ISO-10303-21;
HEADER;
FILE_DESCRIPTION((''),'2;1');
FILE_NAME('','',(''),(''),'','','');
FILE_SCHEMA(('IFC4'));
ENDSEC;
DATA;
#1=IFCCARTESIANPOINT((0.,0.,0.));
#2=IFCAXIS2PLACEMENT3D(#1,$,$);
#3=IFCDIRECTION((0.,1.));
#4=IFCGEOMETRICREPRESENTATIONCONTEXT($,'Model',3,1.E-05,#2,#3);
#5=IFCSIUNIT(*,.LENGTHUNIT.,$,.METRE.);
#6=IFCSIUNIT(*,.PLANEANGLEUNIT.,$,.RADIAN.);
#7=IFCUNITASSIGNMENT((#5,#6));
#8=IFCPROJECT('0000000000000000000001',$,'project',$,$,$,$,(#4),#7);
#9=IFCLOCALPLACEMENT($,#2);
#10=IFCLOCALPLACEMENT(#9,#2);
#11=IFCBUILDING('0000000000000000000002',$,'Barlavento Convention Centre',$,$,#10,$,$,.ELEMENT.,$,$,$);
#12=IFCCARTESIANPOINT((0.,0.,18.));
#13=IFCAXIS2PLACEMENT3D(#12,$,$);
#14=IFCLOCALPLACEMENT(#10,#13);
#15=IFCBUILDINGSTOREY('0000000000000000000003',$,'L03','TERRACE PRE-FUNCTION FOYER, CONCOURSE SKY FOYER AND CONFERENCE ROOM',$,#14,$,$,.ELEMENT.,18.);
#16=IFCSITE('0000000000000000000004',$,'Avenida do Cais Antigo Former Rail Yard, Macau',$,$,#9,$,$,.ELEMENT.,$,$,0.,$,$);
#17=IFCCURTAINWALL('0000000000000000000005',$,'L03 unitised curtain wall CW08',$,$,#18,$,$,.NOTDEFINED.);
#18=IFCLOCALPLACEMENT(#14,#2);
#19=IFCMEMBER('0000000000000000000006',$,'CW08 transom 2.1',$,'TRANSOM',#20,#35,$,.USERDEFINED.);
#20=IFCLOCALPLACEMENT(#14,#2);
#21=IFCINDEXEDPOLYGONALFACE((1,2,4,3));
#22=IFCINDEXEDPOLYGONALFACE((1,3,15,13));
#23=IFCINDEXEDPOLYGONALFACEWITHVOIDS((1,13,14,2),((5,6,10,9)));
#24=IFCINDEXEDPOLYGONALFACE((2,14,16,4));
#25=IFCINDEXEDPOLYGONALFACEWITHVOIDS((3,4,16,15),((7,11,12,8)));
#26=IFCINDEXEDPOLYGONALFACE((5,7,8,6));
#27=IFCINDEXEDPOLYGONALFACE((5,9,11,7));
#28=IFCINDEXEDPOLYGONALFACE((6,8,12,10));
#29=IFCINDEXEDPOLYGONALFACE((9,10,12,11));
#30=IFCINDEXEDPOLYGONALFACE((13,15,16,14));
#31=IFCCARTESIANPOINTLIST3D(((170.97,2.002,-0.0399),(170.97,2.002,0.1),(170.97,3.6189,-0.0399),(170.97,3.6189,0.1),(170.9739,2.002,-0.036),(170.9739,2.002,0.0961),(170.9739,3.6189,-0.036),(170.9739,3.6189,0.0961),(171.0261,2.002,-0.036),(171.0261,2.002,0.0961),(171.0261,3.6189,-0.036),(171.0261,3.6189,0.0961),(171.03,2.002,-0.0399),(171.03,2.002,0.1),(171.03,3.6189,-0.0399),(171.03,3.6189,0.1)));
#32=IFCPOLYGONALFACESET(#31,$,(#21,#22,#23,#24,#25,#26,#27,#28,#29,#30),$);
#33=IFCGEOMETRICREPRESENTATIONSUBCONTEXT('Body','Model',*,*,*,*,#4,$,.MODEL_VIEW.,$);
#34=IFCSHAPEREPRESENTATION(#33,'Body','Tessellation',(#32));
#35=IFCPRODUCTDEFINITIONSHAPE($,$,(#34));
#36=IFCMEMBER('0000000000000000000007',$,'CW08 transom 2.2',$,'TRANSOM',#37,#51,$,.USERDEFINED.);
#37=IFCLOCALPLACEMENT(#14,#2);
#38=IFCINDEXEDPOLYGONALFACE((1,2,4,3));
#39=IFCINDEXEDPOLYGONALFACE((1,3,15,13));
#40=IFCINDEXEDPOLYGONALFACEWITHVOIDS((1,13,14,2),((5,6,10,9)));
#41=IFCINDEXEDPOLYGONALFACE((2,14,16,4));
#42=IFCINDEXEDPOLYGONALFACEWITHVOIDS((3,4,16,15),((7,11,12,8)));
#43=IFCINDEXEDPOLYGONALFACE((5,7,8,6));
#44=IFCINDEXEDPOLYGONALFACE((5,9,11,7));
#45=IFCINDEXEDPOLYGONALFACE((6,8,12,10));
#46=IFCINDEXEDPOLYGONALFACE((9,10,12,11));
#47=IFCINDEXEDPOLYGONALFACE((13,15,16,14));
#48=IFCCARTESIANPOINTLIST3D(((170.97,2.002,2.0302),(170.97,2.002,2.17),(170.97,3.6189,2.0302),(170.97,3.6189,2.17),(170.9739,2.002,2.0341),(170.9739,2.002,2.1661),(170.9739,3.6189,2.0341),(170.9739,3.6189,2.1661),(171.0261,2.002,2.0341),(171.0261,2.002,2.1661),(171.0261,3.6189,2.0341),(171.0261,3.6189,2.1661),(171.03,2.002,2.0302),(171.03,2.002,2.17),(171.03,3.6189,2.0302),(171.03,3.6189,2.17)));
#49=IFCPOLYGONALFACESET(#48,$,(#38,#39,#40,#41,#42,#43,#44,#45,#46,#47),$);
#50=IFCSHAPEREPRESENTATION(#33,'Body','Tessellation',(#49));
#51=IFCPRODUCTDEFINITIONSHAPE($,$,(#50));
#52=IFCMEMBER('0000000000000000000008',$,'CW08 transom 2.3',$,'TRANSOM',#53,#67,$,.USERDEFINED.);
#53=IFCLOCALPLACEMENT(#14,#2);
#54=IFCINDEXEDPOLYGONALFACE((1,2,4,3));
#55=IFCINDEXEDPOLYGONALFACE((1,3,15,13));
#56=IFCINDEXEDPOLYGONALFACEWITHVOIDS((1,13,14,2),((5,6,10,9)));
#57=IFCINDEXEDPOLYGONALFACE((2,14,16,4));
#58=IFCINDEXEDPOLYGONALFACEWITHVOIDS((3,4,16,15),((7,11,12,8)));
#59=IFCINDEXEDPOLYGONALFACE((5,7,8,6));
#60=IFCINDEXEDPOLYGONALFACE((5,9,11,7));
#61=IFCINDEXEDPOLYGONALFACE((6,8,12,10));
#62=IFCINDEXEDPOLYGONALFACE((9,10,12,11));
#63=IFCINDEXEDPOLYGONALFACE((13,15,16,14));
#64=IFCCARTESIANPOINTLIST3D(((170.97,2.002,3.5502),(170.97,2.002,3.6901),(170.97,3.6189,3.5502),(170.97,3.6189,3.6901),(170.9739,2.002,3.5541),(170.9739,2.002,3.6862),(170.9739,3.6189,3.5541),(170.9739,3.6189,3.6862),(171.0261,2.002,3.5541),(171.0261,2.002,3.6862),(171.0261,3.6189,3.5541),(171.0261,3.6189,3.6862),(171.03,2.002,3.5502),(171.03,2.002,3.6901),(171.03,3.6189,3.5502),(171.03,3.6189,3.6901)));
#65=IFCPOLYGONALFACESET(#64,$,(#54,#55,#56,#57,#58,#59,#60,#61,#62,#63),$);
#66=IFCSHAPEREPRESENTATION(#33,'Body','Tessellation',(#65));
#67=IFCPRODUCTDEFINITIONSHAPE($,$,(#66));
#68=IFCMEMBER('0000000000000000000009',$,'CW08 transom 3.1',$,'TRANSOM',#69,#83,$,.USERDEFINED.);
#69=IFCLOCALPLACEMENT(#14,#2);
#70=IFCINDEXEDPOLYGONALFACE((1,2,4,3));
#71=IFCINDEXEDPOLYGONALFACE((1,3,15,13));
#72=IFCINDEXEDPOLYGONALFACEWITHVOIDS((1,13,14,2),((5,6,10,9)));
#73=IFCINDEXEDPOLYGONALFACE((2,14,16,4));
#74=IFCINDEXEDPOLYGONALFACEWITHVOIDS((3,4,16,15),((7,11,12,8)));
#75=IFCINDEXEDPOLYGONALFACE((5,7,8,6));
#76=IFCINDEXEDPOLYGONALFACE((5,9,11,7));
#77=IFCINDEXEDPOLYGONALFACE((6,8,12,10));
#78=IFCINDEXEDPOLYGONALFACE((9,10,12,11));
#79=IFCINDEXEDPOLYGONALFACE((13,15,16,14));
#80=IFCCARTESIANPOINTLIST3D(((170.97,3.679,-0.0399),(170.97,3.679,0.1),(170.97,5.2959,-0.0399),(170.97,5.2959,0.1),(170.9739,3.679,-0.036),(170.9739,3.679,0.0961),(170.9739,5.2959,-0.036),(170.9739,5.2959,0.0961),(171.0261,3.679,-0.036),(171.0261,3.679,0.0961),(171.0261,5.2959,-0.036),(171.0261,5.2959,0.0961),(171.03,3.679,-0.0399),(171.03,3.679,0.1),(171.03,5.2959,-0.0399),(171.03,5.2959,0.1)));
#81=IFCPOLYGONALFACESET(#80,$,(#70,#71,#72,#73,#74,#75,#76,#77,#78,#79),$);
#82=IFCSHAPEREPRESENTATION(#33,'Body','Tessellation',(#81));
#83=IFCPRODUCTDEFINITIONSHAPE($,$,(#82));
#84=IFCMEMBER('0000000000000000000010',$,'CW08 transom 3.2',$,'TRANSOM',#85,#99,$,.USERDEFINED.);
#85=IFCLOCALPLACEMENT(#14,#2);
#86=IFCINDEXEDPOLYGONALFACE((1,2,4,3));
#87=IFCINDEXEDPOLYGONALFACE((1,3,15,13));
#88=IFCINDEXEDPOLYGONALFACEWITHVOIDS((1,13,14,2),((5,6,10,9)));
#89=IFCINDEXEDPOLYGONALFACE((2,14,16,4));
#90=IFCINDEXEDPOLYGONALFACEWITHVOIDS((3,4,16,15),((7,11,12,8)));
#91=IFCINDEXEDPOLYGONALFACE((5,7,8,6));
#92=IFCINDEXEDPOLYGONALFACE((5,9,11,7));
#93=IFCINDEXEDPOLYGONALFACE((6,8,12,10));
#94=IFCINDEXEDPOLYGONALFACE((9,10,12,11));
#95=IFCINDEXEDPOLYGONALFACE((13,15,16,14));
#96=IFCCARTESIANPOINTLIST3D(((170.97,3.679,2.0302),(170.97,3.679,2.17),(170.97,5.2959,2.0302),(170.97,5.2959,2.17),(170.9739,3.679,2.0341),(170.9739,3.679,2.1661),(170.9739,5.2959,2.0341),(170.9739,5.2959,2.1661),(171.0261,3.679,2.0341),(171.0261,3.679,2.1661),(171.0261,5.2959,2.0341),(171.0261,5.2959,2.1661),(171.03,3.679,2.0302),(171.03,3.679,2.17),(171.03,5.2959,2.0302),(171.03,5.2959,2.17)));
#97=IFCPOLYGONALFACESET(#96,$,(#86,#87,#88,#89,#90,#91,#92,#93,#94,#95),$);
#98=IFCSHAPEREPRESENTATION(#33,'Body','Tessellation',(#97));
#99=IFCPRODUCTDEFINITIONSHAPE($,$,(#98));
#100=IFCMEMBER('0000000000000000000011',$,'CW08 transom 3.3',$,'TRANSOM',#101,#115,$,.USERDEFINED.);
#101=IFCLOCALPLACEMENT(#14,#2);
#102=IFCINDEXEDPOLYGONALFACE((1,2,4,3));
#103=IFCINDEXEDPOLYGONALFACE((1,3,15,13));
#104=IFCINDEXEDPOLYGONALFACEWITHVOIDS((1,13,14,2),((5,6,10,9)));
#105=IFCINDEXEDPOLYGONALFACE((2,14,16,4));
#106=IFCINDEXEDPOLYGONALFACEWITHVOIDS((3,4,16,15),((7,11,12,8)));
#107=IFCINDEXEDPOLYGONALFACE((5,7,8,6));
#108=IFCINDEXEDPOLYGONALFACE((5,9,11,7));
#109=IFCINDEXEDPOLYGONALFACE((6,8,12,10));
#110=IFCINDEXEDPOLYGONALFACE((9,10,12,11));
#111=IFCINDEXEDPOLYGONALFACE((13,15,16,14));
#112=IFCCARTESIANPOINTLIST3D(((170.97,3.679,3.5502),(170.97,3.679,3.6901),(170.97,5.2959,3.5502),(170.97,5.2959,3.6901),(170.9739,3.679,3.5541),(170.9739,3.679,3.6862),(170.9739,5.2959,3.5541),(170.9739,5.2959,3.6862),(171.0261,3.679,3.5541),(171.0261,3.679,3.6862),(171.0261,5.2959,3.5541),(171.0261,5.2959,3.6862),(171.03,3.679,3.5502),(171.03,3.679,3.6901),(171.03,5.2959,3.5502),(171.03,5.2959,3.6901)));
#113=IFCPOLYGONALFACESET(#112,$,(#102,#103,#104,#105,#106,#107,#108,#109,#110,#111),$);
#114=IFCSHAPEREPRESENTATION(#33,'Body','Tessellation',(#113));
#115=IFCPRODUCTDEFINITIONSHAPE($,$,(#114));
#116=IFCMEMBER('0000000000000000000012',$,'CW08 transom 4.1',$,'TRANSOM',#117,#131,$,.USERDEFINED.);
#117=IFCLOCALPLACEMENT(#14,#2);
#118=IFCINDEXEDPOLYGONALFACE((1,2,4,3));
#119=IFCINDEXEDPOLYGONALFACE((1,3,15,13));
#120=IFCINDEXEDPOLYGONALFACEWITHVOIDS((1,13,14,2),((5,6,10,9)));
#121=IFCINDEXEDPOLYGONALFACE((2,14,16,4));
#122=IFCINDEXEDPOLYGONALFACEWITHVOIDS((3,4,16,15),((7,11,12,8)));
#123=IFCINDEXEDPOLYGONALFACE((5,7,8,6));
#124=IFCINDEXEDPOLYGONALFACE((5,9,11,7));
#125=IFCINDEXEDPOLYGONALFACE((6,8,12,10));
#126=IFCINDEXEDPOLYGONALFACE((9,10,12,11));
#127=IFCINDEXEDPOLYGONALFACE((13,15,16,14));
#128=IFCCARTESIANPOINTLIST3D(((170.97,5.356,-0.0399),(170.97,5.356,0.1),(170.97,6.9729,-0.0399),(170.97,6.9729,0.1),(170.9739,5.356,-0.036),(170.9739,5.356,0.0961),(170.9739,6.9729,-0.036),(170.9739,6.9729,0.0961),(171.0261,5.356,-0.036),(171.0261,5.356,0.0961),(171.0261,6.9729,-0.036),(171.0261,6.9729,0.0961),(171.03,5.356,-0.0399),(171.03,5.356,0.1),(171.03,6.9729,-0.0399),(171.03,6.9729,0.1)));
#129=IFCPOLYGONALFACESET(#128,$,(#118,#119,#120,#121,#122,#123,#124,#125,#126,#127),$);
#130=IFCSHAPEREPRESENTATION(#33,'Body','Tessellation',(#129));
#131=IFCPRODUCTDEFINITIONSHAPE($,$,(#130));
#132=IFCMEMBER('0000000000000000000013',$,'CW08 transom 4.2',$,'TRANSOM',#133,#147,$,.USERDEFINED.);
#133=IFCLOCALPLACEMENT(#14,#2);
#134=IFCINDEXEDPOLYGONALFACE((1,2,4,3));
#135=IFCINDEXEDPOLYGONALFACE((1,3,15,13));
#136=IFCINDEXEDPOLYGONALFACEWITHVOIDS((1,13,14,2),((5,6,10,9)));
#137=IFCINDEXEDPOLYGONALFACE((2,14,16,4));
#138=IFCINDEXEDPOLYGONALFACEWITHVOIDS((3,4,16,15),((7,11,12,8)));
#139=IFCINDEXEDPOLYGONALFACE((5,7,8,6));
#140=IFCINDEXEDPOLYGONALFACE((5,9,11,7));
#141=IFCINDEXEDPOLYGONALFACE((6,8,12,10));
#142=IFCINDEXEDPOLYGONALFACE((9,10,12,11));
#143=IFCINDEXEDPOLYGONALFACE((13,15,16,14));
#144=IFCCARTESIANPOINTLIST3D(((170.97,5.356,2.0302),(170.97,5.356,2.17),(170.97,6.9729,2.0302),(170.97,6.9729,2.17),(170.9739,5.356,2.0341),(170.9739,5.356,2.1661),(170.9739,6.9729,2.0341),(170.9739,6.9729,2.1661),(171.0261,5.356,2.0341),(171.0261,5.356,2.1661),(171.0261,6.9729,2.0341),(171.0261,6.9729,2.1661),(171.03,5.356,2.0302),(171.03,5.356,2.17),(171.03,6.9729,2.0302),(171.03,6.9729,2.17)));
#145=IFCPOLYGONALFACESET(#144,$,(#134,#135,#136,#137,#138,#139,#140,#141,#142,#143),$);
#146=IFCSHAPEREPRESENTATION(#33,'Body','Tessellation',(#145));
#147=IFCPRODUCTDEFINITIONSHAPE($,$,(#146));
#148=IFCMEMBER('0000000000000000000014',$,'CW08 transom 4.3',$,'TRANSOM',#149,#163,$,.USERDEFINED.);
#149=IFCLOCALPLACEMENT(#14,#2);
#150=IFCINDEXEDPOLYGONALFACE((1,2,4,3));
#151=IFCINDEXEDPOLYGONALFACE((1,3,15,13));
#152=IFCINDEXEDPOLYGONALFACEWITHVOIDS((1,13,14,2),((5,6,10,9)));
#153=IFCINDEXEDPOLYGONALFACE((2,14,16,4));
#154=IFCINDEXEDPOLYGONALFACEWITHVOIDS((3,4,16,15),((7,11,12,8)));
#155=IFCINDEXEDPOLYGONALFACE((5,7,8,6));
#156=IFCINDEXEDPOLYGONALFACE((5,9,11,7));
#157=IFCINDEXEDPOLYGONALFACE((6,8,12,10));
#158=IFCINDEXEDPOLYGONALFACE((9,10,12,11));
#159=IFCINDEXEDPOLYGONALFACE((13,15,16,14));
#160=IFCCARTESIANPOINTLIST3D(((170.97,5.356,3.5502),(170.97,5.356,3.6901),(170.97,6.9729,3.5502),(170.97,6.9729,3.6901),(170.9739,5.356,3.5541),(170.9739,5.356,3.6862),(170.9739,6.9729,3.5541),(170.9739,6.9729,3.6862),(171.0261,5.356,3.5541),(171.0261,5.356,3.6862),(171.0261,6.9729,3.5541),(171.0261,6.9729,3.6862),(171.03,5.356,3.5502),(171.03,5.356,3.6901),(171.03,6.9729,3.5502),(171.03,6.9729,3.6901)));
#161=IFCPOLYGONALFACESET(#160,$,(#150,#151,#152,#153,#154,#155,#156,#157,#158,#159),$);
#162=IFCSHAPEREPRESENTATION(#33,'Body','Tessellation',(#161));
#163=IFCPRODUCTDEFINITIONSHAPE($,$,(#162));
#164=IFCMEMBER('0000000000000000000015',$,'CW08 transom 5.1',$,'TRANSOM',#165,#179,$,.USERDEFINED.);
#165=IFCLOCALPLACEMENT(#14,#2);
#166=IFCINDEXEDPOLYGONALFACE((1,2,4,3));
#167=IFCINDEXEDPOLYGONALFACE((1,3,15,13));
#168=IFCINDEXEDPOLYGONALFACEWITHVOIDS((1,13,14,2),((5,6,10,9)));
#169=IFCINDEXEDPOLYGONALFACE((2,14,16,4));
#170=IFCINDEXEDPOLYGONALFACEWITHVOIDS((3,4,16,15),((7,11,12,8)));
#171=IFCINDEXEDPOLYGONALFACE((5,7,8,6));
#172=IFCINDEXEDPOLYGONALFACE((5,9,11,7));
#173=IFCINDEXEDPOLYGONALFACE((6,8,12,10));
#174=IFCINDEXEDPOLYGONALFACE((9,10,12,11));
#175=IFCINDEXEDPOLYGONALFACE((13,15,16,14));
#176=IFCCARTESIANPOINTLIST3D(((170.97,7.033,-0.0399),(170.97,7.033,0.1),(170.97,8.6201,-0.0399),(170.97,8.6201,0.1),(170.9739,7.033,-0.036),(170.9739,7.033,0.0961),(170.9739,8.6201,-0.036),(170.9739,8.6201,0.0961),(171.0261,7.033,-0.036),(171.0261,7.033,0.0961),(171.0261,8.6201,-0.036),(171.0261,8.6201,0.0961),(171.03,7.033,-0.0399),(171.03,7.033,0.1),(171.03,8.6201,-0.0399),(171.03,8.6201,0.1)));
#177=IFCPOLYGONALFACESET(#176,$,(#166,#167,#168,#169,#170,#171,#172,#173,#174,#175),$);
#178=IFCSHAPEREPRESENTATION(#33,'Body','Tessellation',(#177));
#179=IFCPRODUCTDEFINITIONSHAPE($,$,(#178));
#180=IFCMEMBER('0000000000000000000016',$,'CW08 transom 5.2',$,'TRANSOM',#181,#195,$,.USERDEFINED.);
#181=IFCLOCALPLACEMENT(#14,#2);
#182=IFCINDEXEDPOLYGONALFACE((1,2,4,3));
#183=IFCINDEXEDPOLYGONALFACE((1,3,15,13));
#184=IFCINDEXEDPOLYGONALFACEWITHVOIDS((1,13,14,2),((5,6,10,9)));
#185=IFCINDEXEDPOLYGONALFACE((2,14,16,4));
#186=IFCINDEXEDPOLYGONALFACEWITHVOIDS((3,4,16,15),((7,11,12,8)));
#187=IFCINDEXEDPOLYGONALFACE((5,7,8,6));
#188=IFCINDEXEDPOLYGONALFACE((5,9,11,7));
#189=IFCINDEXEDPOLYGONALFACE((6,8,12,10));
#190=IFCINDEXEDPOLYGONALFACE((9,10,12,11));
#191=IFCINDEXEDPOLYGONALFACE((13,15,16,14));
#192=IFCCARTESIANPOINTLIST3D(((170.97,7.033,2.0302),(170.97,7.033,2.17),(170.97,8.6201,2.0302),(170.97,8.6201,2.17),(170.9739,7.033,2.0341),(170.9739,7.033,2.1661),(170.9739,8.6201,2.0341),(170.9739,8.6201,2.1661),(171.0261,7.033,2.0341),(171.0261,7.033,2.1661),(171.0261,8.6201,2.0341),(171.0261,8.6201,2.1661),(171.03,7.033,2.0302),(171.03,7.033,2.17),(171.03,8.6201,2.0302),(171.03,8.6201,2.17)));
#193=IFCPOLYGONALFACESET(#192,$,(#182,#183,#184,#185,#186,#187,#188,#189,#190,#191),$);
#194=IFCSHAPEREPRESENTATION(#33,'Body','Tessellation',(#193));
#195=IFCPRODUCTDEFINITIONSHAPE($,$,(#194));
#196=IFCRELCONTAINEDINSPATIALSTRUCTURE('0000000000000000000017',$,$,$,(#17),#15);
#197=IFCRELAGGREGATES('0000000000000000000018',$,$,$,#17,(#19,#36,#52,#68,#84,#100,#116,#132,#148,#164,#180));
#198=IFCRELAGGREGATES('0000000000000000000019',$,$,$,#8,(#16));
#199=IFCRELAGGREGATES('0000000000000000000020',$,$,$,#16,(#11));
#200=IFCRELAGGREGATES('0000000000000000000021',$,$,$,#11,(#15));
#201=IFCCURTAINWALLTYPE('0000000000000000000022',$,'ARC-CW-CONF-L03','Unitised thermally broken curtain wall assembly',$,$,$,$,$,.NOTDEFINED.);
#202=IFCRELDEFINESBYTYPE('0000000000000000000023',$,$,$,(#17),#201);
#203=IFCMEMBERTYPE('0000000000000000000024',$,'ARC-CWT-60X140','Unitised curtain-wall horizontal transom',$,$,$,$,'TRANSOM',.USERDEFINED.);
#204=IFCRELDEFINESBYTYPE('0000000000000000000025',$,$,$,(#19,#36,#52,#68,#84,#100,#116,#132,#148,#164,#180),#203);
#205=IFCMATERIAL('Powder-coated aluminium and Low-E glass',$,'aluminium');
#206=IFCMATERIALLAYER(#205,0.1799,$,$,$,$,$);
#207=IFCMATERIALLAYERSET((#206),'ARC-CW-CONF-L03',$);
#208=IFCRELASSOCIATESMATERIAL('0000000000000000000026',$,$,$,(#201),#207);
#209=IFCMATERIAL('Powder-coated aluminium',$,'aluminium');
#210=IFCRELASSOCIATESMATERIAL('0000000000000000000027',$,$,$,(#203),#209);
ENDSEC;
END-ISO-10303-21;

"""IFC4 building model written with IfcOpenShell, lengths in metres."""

from ifc_helpers import new_model, si_unit, direction, frame, origin, origin_2d, place, context, subcontext, project, spatial, hollow_rectangle, extrude, material, layer, layer_set, material_profile, profile_set, type_object, element, aggregate, save


model = new_model("IFC4")

# Units and contexts
model_context = context("Model", 3, precision=1e-05, world=origin(), true_north=direction((0.0, 1.0)))
body_context = subcontext(model_context, "Body", "Model", "MODEL_VIEW")
ifc_project = project(units=[si_unit("LENGTHUNIT", "METRE"), si_unit("PLANEANGLEUNIT", "RADIAN")], contexts=[model_context])

# Site, building, storey
site_placement = place(None, origin())
site = spatial("IfcSite", under=ifc_project, at=site_placement, Name="Avenida do Cais Antigo Former Rail Yard, Macau", CompositionType="ELEMENT", RefElevation=0.0)
building_placement = place(site_placement, origin())
building = spatial("IfcBuilding", under=site, at=building_placement, Name="Barlavento Convention Centre", CompositionType="ELEMENT")
storey_placement = place(building_placement, frame((0.0, 0.0, 18.0)))
storey = spatial("IfcBuildingStorey", under=building, at=storey_placement, Name="L03", Description="TERRACE PRE-FUNCTION FOYER, CONCOURSE SKY FOYER AND CONFERENCE ROOM", CompositionType="ELEMENT", Elevation=18.0)

# Curtain wall, members
ifc_material_1 = material(Name="Powder-coated aluminium and Low-E glass", Category="aluminium")
ifc_layer_1 = layer(ifc_material_1, 0.1799)
ifc_layer_set_1 = layer_set([ifc_layer_1], Name="ARC-CW-CONF-L03")
curtain_wall_type = type_object("IfcCurtainWallType", Name="ARC-CW-CONF-L03", Description="Unitised thermally broken curtain wall assembly", PredefinedType="NOTDEFINED", material=ifc_layer_set_1)
curtain_wall_placement = place(storey_placement, origin())
curtain_wall = element("IfcCurtainWall", 1, at=curtain_wall_placement, inside=storey, type_object=curtain_wall_type, Name="L03 unitised curtain wall CW08", PredefinedType="NOTDEFINED")
ifc_material_2 = material(Name="Powder-coated aluminium", Category="aluminium")
ifc_material_profile_1 = material_profile(ifc_material_2, hollow_rectangle(XDim=0.0601, YDim=0.1399, WallThickness=0.0039, at=origin_2d()), Name="AL-TRAN 60x140x4")
ifc_profile_set_1 = profile_set([ifc_material_profile_1], Name="Powder-coated aluminium")
member_type_1 = type_object("IfcMemberType", Name="ARC-CWT-60X140", Description="Unitised curtain-wall horizontal transom", ElementType="TRANSOM", PredefinedType="USERDEFINED", material=ifc_profile_set_1)
member_1_placement = place(storey_placement, frame((171.0, 2.002, 0.03), z_axis=(0.0, 1.0, 0.0), x_axis=(-1.0, 0.0, 0.0)))
member_1 = element("IfcMember", 2, at=member_1_placement, type_object=member_type_1, Name="CW08 transom 2.1", ObjectType="TRANSOM", PredefinedType="USERDEFINED", context=body_context, shape_type="SweptSolid", body=[
    extrude(hollow_rectangle(XDim=0.0601, YDim=0.1399, WallThickness=0.0039, at=origin_2d()), origin(), (0.0, 0.0, 1.0), 1.6169),
])
member_2_placement = place(storey_placement, frame((171.0, 2.002, 2.1001), z_axis=(0.0, 1.0, 0.0), x_axis=(-1.0, 0.0, 0.0)))
member_2 = element("IfcMember", 3, at=member_2_placement, type_object=member_type_1, Name="CW08 transom 2.2", ObjectType="TRANSOM", PredefinedType="USERDEFINED", context=body_context, shape_type="SweptSolid", body=[
    extrude(hollow_rectangle(XDim=0.0601, YDim=0.1399, WallThickness=0.0039, at=origin_2d()), origin(), (0.0, 0.0, 1.0), 1.6169),
])
member_3_placement = place(storey_placement, frame((171.0, 2.002, 3.6201), z_axis=(0.0, 1.0, 0.0), x_axis=(-1.0, 0.0, 0.0)))
member_3 = element("IfcMember", 4, at=member_3_placement, type_object=member_type_1, Name="CW08 transom 2.3", ObjectType="TRANSOM", PredefinedType="USERDEFINED", context=body_context, shape_type="SweptSolid", body=[
    extrude(hollow_rectangle(XDim=0.0601, YDim=0.1399, WallThickness=0.0039, at=origin_2d()), origin(), (0.0, 0.0, 1.0), 1.6169),
])
member_4_placement = place(storey_placement, frame((171.0, 3.679, 0.03), z_axis=(0.0, 1.0, 0.0), x_axis=(-1.0, 0.0, 0.0)))
member_4 = element("IfcMember", 5, at=member_4_placement, type_object=member_type_1, Name="CW08 transom 3.1", ObjectType="TRANSOM", PredefinedType="USERDEFINED", context=body_context, shape_type="SweptSolid", body=[
    extrude(hollow_rectangle(XDim=0.0601, YDim=0.1399, WallThickness=0.0039, at=origin_2d()), origin(), (0.0, 0.0, 1.0), 1.6169),
])
member_5_placement = place(storey_placement, frame((171.0, 3.679, 2.1001), z_axis=(0.0, 1.0, 0.0), x_axis=(-1.0, 0.0, 0.0)))
member_5 = element("IfcMember", 6, at=member_5_placement, type_object=member_type_1, Name="CW08 transom 3.2", ObjectType="TRANSOM", PredefinedType="USERDEFINED", context=body_context, shape_type="SweptSolid", body=[
    extrude(hollow_rectangle(XDim=0.0601, YDim=0.1399, WallThickness=0.0039, at=origin_2d()), origin(), (0.0, 0.0, 1.0), 1.6169),
])
member_6_placement = place(storey_placement, frame((171.0, 3.679, 3.6201), z_axis=(0.0, 1.0, 0.0), x_axis=(-1.0, 0.0, 0.0)))
member_6 = element("IfcMember", 7, at=member_6_placement, type_object=member_type_1, Name="CW08 transom 3.3", ObjectType="TRANSOM", PredefinedType="USERDEFINED", context=body_context, shape_type="SweptSolid", body=[
    extrude(hollow_rectangle(XDim=0.0601, YDim=0.1399, WallThickness=0.0039, at=origin_2d()), origin(), (0.0, 0.0, 1.0), 1.6169),
])
member_7_placement = place(storey_placement, frame((171.0, 5.356, 0.03), z_axis=(0.0, 1.0, 0.0), x_axis=(-1.0, 0.0, 0.0)))
member_7 = element("IfcMember", 8, at=member_7_placement, type_object=member_type_1, Name="CW08 transom 4.1", ObjectType="TRANSOM", PredefinedType="USERDEFINED", context=body_context, shape_type="SweptSolid", body=[
    extrude(hollow_rectangle(XDim=0.0601, YDim=0.1399, WallThickness=0.0039, at=origin_2d()), origin(), (0.0, 0.0, 1.0), 1.6169),
])
member_8_placement = place(storey_placement, frame((171.0, 5.356, 2.1001), z_axis=(0.0, 1.0, 0.0), x_axis=(-1.0, 0.0, 0.0)))
member_8 = element("IfcMember", 9, at=member_8_placement, type_object=member_type_1, Name="CW08 transom 4.2", ObjectType="TRANSOM", PredefinedType="USERDEFINED", context=body_context, shape_type="SweptSolid", body=[
    extrude(hollow_rectangle(XDim=0.0601, YDim=0.1399, WallThickness=0.0039, at=origin_2d()), origin(), (0.0, 0.0, 1.0), 1.6169),
])
member_9_placement = place(storey_placement, frame((171.0, 5.356, 3.6201), z_axis=(0.0, 1.0, 0.0), x_axis=(-1.0, 0.0, 0.0)))
member_9 = element("IfcMember", 10, at=member_9_placement, type_object=member_type_1, Name="CW08 transom 4.3", ObjectType="TRANSOM", PredefinedType="USERDEFINED", context=body_context, shape_type="SweptSolid", body=[
    extrude(hollow_rectangle(XDim=0.0601, YDim=0.1399, WallThickness=0.0039, at=origin_2d()), origin(), (0.0, 0.0, 1.0), 1.6169),
])
member_10_placement = place(storey_placement, frame((171.0, 7.033, 0.03), z_axis=(0.0, 1.0, 0.0), x_axis=(-1.0, 0.0, 0.0)))
member_10 = element("IfcMember", 11, at=member_10_placement, type_object=member_type_1, Name="CW08 transom 5.1", ObjectType="TRANSOM", PredefinedType="USERDEFINED", context=body_context, shape_type="SweptSolid", body=[
    extrude(hollow_rectangle(XDim=0.0601, YDim=0.1399, WallThickness=0.0039, at=origin_2d()), origin(), (0.0, 0.0, 1.0), 1.5872),
])
member_11_placement = place(storey_placement, frame((171.0, 7.033, 2.1001), z_axis=(0.0, 1.0, 0.0), x_axis=(-1.0, 0.0, 0.0)))
member_11 = element("IfcMember", 12, at=member_11_placement, type_object=member_type_1, Name="CW08 transom 5.2", ObjectType="TRANSOM", PredefinedType="USERDEFINED", context=body_context, shape_type="SweptSolid", body=[
    extrude(hollow_rectangle(XDim=0.0601, YDim=0.1399, WallThickness=0.0039, at=origin_2d()), origin(), (0.0, 0.0, 1.0), 1.5872),
])

aggregate(curtain_wall, [member_1, member_2, member_3, member_4, member_5, member_6, member_7, member_8, member_9, member_10, member_11])

save(model, "model.ifc")
